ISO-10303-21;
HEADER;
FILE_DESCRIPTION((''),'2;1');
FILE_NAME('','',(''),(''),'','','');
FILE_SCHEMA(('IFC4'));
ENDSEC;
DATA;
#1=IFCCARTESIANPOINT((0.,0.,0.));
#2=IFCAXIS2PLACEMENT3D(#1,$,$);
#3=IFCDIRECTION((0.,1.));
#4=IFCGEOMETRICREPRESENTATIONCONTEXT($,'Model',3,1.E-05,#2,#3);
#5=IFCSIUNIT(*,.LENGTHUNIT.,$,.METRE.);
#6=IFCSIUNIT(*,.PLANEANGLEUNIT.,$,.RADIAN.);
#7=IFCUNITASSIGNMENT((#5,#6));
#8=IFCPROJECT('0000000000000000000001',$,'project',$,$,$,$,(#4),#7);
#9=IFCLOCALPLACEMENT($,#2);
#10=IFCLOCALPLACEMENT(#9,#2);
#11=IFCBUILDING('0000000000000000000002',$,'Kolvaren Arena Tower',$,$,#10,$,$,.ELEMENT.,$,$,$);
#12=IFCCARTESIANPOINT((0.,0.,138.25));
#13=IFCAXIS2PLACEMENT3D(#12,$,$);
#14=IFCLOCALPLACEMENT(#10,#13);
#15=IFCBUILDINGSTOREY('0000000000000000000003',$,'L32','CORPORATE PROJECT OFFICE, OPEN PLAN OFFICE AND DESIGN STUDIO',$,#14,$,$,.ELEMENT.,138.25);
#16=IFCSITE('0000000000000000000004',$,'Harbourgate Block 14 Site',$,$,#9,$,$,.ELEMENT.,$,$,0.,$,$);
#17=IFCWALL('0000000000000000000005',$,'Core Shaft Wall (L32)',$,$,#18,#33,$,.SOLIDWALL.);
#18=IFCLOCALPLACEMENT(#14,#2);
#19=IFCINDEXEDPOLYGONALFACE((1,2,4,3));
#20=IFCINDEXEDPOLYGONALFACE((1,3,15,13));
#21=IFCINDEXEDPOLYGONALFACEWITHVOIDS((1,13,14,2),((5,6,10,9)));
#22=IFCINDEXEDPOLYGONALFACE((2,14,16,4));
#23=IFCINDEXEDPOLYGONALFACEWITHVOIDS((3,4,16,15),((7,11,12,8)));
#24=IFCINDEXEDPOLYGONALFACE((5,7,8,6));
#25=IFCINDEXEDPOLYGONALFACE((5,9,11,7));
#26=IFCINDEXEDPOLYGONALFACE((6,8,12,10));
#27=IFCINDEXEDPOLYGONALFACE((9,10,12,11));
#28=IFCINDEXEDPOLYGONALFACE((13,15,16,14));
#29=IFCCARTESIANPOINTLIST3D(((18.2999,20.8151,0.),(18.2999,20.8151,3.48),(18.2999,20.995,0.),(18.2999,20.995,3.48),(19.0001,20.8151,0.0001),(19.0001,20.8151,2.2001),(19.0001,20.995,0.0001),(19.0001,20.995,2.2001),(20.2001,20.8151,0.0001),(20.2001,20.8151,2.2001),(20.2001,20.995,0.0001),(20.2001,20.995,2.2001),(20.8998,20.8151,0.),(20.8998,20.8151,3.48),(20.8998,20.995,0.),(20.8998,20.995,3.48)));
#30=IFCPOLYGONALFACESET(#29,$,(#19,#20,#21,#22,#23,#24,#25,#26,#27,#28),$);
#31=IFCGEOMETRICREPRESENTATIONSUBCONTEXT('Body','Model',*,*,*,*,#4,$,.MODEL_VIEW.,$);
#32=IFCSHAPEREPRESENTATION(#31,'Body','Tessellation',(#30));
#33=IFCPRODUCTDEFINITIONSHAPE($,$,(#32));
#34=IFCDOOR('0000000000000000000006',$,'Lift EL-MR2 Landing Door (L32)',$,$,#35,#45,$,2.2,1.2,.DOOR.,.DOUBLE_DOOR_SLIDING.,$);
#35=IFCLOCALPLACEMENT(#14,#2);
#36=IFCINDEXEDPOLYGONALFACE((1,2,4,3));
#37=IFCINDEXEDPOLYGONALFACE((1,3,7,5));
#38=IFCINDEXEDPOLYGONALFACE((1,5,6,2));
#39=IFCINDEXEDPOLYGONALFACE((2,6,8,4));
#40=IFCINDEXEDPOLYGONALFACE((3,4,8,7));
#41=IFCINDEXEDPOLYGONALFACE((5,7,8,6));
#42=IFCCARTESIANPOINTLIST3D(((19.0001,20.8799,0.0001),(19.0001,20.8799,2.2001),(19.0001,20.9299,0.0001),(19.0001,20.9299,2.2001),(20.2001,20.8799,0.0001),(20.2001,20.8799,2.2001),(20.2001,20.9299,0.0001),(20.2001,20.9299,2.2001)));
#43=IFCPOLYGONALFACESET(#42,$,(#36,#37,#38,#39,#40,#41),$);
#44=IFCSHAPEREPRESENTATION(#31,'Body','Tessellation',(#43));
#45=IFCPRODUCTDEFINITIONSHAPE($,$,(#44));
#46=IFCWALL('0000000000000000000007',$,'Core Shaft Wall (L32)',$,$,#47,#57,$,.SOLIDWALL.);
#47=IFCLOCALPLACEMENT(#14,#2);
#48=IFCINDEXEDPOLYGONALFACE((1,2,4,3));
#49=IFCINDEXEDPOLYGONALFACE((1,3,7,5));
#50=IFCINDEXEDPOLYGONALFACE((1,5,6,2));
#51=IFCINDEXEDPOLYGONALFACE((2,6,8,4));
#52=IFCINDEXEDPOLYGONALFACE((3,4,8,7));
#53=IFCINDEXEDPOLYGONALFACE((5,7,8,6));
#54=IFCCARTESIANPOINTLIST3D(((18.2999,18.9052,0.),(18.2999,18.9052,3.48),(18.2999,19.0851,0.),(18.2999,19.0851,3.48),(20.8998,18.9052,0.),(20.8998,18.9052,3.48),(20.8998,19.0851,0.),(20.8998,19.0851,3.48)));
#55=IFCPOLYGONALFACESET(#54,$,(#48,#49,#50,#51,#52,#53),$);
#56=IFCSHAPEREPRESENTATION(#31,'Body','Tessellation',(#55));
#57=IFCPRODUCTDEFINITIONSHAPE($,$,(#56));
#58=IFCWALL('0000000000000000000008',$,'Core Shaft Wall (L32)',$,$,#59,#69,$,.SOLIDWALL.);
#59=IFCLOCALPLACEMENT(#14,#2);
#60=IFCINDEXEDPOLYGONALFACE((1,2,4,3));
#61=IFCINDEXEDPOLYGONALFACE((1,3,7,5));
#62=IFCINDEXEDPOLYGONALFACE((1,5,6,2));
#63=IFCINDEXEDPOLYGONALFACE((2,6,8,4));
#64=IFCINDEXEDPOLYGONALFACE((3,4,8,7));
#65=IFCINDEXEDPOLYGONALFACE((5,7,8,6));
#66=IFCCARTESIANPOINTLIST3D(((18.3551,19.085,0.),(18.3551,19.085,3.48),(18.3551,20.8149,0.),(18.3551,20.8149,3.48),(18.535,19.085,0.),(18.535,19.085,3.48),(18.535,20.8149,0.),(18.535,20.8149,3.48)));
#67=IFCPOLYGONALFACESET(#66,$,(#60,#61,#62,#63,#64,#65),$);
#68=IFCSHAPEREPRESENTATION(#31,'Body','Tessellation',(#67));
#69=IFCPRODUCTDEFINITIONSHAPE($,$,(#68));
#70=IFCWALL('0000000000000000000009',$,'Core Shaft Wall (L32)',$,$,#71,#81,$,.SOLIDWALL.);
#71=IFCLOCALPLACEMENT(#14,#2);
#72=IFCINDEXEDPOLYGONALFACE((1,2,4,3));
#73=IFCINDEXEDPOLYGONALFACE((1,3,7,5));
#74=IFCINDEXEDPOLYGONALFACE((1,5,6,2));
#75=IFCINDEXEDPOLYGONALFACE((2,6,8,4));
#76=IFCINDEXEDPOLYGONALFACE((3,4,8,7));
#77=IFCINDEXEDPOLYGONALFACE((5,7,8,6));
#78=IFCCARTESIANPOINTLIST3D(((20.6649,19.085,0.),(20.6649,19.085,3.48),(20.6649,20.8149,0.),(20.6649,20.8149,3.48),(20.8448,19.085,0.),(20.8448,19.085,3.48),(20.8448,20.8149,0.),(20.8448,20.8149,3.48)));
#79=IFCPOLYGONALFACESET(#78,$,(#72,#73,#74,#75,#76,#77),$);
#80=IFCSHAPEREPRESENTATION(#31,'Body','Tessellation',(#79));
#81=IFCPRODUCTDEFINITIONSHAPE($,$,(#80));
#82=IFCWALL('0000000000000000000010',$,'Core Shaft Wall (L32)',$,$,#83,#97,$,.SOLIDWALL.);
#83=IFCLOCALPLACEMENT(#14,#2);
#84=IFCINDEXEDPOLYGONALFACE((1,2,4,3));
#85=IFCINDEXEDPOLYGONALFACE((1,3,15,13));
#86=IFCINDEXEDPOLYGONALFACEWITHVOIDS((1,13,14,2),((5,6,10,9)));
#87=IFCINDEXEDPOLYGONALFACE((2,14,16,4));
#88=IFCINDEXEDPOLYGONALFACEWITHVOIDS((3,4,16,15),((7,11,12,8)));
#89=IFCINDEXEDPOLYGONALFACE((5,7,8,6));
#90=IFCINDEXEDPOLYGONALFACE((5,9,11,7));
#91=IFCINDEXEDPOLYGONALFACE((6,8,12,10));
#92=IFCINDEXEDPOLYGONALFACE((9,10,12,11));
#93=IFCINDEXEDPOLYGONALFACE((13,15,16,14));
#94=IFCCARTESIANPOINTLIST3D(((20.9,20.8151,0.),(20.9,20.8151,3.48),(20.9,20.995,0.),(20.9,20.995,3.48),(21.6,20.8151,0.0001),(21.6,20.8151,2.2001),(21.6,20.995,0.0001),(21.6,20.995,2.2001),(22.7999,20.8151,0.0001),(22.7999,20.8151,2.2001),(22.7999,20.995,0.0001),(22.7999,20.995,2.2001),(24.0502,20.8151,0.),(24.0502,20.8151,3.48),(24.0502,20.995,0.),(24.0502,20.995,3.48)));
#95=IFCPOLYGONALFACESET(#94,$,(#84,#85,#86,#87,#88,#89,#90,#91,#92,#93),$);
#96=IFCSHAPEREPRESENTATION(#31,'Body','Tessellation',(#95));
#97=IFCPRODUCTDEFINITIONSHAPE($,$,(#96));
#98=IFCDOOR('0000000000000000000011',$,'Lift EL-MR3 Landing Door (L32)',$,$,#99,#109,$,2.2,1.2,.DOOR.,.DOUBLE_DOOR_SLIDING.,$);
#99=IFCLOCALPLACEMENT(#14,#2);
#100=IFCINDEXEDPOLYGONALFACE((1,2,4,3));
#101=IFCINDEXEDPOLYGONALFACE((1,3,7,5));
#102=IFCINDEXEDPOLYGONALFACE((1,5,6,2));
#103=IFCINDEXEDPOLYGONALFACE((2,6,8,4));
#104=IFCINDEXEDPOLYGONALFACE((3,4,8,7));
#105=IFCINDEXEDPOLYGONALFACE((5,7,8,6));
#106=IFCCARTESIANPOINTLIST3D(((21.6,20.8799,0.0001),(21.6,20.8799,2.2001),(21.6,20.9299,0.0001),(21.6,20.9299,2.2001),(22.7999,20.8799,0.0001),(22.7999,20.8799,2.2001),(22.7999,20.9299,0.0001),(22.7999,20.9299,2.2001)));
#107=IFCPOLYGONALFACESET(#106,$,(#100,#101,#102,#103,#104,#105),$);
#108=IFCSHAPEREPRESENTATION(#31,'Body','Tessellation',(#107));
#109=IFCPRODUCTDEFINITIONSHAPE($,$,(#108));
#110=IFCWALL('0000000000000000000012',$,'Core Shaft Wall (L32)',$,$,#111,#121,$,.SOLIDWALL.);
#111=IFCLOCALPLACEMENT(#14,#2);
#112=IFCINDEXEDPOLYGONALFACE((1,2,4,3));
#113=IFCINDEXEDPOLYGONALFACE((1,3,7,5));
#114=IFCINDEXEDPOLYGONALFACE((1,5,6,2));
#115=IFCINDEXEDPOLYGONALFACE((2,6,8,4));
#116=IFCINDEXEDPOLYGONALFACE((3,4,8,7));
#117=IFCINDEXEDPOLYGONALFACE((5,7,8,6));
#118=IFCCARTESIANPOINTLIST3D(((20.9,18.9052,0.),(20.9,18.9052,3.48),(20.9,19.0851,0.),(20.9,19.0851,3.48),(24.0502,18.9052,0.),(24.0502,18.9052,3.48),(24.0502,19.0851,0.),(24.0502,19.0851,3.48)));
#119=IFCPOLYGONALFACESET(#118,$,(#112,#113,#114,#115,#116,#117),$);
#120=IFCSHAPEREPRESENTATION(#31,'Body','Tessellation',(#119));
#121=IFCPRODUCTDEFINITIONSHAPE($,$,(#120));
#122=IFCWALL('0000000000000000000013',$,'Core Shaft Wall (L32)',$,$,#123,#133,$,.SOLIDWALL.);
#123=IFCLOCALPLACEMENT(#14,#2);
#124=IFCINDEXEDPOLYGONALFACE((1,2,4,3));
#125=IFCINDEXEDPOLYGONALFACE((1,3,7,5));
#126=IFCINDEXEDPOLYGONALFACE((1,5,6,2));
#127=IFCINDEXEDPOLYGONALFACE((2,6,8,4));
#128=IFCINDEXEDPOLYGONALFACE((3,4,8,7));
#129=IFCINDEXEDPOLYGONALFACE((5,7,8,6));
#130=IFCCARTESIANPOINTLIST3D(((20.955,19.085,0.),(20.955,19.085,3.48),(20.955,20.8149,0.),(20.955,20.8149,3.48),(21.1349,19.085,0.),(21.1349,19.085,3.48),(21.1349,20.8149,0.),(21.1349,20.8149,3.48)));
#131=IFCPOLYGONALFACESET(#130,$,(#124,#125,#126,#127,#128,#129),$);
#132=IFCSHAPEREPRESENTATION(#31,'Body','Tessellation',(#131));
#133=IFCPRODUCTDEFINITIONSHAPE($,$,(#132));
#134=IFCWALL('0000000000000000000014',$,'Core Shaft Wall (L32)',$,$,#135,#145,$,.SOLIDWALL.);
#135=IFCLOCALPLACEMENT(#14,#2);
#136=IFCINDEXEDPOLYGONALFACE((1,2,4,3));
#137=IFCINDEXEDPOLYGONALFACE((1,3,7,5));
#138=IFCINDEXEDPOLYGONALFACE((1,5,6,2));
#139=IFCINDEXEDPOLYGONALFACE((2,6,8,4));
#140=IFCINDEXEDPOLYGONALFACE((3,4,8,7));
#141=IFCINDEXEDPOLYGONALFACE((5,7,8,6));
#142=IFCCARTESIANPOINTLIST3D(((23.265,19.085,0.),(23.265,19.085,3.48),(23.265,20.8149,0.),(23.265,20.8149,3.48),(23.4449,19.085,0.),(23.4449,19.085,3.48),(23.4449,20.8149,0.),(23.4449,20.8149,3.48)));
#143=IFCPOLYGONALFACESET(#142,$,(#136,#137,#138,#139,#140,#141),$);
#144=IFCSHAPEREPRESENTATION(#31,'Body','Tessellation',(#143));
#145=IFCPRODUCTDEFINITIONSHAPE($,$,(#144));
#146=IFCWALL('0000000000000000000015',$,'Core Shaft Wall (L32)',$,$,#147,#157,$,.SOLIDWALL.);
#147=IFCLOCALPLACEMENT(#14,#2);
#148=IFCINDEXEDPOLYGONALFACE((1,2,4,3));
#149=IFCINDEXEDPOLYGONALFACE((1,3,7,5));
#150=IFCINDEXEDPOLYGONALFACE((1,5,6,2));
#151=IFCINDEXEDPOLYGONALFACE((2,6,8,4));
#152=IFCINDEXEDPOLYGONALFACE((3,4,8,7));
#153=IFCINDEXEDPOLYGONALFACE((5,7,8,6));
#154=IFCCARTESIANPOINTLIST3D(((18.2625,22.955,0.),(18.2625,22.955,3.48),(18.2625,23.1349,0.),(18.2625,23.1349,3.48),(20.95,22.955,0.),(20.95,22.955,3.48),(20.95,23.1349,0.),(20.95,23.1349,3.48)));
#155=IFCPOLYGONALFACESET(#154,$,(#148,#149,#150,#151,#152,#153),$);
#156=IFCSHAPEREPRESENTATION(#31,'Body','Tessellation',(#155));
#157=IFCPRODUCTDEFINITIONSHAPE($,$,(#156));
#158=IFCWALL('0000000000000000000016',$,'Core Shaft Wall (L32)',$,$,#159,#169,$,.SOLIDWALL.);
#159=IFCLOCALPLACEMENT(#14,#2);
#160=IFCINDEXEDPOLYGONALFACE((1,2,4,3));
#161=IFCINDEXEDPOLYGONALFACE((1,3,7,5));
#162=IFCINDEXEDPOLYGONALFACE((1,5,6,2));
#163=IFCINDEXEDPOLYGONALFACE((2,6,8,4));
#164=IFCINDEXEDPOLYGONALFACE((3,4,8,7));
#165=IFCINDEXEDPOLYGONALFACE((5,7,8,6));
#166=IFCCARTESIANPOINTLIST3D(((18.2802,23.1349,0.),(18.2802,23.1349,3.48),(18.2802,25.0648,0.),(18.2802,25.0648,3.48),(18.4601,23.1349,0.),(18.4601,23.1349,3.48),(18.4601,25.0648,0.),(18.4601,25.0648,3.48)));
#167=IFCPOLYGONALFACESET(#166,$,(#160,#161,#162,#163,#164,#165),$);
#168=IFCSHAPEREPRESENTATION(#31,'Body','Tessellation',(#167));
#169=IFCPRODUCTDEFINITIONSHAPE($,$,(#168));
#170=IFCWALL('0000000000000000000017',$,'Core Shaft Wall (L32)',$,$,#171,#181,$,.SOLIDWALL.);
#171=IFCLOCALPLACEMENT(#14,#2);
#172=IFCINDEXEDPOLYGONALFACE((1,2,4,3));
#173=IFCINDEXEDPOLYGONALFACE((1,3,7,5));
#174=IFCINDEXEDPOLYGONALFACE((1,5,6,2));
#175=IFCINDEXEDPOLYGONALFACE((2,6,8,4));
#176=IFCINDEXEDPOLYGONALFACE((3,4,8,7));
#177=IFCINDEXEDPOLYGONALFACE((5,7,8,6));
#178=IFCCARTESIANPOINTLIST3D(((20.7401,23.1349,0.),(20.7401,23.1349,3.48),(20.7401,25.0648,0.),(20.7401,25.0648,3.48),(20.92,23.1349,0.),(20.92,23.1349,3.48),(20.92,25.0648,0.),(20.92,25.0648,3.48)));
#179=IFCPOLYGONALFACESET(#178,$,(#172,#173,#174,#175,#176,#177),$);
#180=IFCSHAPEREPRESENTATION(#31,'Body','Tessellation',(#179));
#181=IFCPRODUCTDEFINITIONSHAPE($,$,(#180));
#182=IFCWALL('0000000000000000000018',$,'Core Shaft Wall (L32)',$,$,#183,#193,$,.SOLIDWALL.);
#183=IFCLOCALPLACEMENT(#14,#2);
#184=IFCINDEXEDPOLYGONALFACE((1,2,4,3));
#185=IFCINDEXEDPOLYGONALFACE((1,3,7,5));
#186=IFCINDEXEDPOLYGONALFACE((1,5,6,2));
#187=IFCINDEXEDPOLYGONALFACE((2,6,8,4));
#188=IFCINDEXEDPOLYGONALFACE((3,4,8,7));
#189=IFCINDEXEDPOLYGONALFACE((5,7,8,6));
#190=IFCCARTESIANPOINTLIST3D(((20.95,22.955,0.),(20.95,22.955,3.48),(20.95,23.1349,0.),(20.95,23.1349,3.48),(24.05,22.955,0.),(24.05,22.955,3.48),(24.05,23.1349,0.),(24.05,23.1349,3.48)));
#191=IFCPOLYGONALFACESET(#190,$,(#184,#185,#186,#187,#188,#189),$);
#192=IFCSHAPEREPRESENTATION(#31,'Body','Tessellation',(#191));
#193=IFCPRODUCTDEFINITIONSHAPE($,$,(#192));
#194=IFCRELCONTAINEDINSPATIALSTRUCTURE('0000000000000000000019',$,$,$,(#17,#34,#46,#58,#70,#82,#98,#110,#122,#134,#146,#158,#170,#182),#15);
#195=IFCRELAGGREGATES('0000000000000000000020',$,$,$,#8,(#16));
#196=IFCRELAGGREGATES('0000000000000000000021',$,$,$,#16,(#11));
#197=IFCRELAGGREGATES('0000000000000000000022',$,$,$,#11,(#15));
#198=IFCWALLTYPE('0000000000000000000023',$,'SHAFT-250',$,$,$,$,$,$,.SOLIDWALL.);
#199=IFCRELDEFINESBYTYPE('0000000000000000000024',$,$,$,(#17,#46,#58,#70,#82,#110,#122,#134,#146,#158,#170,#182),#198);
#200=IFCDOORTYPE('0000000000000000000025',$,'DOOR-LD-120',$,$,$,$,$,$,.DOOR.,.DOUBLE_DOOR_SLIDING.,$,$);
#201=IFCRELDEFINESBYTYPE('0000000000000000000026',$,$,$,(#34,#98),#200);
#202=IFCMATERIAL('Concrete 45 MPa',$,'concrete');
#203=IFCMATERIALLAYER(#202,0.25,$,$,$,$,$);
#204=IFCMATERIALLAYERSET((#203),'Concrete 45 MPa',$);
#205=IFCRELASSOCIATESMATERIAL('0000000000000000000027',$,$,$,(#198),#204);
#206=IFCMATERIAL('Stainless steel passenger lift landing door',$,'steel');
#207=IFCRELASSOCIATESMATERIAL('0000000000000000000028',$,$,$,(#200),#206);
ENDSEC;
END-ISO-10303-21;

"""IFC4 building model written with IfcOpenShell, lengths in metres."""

from ifc_helpers import new_model, si_unit, direction, frame, frame_2d, origin, place, context, subcontext, project, spatial, rectangle, extrude, material, layer, layer_set, type_object, element, fill, save


model = new_model("IFC4")

# Units and contexts
model_context = context("Model", 3, precision=1e-05, world=origin(), true_north=direction((0.0, 1.0)))
body_context = subcontext(model_context, "Body", "Model", "MODEL_VIEW")
ifc_project = project(units=[si_unit("LENGTHUNIT", "METRE"), si_unit("PLANEANGLEUNIT", "RADIAN")], contexts=[model_context])

# Site, building, storey
site_placement = place(None, origin())
site = spatial("IfcSite", under=ifc_project, at=site_placement, Name="Harbourgate Block 14 Site", CompositionType="ELEMENT", RefElevation=0.0)
building_placement = place(site_placement, origin())
building = spatial("IfcBuilding", under=site, at=building_placement, Name="Kolvaren Arena Tower", CompositionType="ELEMENT")
storey_placement = place(building_placement, frame((0.0, 0.0, 138.25)))
storey = spatial("IfcBuildingStorey", under=building, at=storey_placement, Name="L32", Description="CORPORATE PROJECT OFFICE, OPEN PLAN OFFICE AND DESIGN STUDIO", CompositionType="ELEMENT", Elevation=138.25)

# Shared definitions
ifc_material_1 = material(Name="Concrete 45 MPa", Category="concrete")
ifc_layer_1 = layer(ifc_material_1, 0.25)
ifc_layer_set_1 = layer_set([ifc_layer_1], Name="Concrete 45 MPa")
wall_type_1 = type_object("IfcWallType", Name="SHAFT-250", PredefinedType="SOLIDWALL", material=ifc_layer_set_1)

# Wall, opening, door
wall_1_placement = place(storey_placement, frame((18.3, 20.905, 0.0), z_axis=(0.0, 0.0, 1.0), x_axis=(1.0, 0.0, 0.0)))
wall_1 = element("IfcWall", 1, at=wall_1_placement, inside=storey, type_object=wall_type_1, Name="Core Shaft Wall (L32)", PredefinedType="SOLIDWALL", context=body_context, shape_type="SweptSolid", body=[
    extrude(rectangle(XDim=2.5999, YDim=0.1799, at=frame_2d((1.2998, 0.0))), origin(), (0.0, 0.0, 1.0), 3.48),
])
opening_1_placement = place(wall_1_placement, frame((0.7, 0.0, 0.0)))
opening_1 = element("IfcOpeningElement", 2, at=opening_1_placement, cuts=wall_1, PredefinedType="OPENING", context=body_context, shape_type="SweptSolid", body=[
    extrude(rectangle(XDim=1.2, YDim=2.2, at=frame_2d((0.6001, 1.1001))), frame((0.0, 0.0999, 0.0), z_axis=(0.0, -1.0, 0.0), x_axis=(1.0, 0.0, 0.0)), (0.0, 0.0, 1.0), 0.2),
])
ifc_material_2 = material(Name="Stainless steel passenger lift landing door", Category="steel")
door_type_1 = type_object("IfcDoorType", Name="DOOR-LD-120", OperationType="DOUBLE_DOOR_SLIDING", PredefinedType="DOOR", material=ifc_material_2)
door_1_placement = place(opening_1_placement, origin())
door_1 = element("IfcDoor", 3, at=door_1_placement, inside=storey, type_object=door_type_1, Name="Lift EL-MR2 Landing Door (L32)", OperationType="DOUBLE_DOOR_SLIDING", OverallHeight=2.2, OverallWidth=1.2, PredefinedType="DOOR", context=body_context, shape_type="SweptSolid", body=[
    extrude(rectangle(XDim=1.2, YDim=2.2, at=frame_2d((0.6001, 1.1001))), frame((0.0, 0.0249, 0.0), z_axis=(0.0, -1.0, 0.0), x_axis=(1.0, 0.0, 0.0)), (0.0, 0.0, 1.0), 0.05),
])
fill(opening_1, door_1)

# Walls
wall_2_placement = place(storey_placement, frame((18.3, 18.9951, 0.0), z_axis=(0.0, 0.0, 1.0), x_axis=(1.0, 0.0, 0.0)))
element("IfcWall", 4, at=wall_2_placement, inside=storey, type_object=wall_type_1, Name="Core Shaft Wall (L32)", PredefinedType="SOLIDWALL", context=body_context, shape_type="SweptSolid", body=[
    extrude(rectangle(XDim=2.5999, YDim=0.1799, at=frame_2d((1.2998, 0.0))), origin(), (0.0, 0.0, 1.0), 3.48),
])
for number, where, z_axis, x_axis, name in (
    (5, (18.4451, 19.085, 0.0), (0.0, 0.0, 1.0), (0.0, 1.0, 0.0), "Core Shaft Wall (L32)"),
    (6, (20.7549, 19.085, 0.0), (0.0, 0.0, 1.0), (0.0, 1.0, 0.0), "Core Shaft Wall (L32)"),
):
    element("IfcWall", number, at=place(storey_placement, frame(where, z_axis=z_axis, x_axis=x_axis)), inside=storey, type_object=wall_type_1, Name=name, PredefinedType="SOLIDWALL", context=body_context, shape_type="SweptSolid", body=[
        extrude(rectangle(XDim=1.73, YDim=0.1799, at=frame_2d((0.865, 0.0))), origin(), (0.0, 0.0, 1.0), 3.48),
    ])

# Wall, opening, door
wall_3_placement = place(storey_placement, frame((20.8999, 20.905, 0.0), z_axis=(0.0, 0.0, 1.0), x_axis=(1.0, 0.0, 0.0)))
wall_3 = element("IfcWall", 7, at=wall_3_placement, inside=storey, type_object=wall_type_1, Name="Core Shaft Wall (L32)", PredefinedType="SOLIDWALL", context=body_context, shape_type="SweptSolid", body=[
    extrude(rectangle(XDim=3.1501, YDim=0.1799, at=frame_2d((1.5752, 0.0))), origin(), (0.0, 0.0, 1.0), 3.48),
])
opening_2_placement = place(wall_3_placement, frame((0.7, 0.0, 0.0)))
opening_2 = element("IfcOpeningElement", 8, at=opening_2_placement, cuts=wall_3, PredefinedType="OPENING", context=body_context, shape_type="SweptSolid", body=[
    extrude(rectangle(XDim=1.2, YDim=2.2, at=frame_2d((0.6001, 1.1001))), frame((0.0, 0.0999, 0.0), z_axis=(0.0, -1.0, 0.0), x_axis=(1.0, 0.0, 0.0)), (0.0, 0.0, 1.0), 0.2),
])
door_2_placement = place(opening_2_placement, origin())
door_2 = element("IfcDoor", 9, at=door_2_placement, inside=storey, type_object=door_type_1, Name="Lift EL-MR3 Landing Door (L32)", OperationType="DOUBLE_DOOR_SLIDING", OverallHeight=2.2, OverallWidth=1.2, PredefinedType="DOOR", context=body_context, shape_type="SweptSolid", body=[
    extrude(rectangle(XDim=1.2, YDim=2.2, at=frame_2d((0.6001, 1.1001))), frame((0.0, 0.0249, 0.0), z_axis=(0.0, -1.0, 0.0), x_axis=(1.0, 0.0, 0.0)), (0.0, 0.0, 1.0), 0.05),
])
fill(opening_2, door_2)

# Walls
wall_4_placement = place(storey_placement, frame((20.8999, 18.9951, 0.0), z_axis=(0.0, 0.0, 1.0), x_axis=(1.0, 0.0, 0.0)))
element("IfcWall", 10, at=wall_4_placement, inside=storey, type_object=wall_type_1, Name="Core Shaft Wall (L32)", PredefinedType="SOLIDWALL", context=body_context, shape_type="SweptSolid", body=[
    extrude(rectangle(XDim=3.1501, YDim=0.1799, at=frame_2d((1.5752, 0.0))), origin(), (0.0, 0.0, 1.0), 3.48),
])
for number, where, z_axis, x_axis, name in (
    (11, (21.0449, 19.085, 0.0), (0.0, 0.0, 1.0), (0.0, 1.0, 0.0), "Core Shaft Wall (L32)"),
    (12, (23.355, 19.085, 0.0), (0.0, 0.0, 1.0), (0.0, 1.0, 0.0), "Core Shaft Wall (L32)"),
):
    element("IfcWall", number, at=place(storey_placement, frame(where, z_axis=z_axis, x_axis=x_axis)), inside=storey, type_object=wall_type_1, Name=name, PredefinedType="SOLIDWALL", context=body_context, shape_type="SweptSolid", body=[
        extrude(rectangle(XDim=1.73, YDim=0.1799, at=frame_2d((0.865, 0.0))), origin(), (0.0, 0.0, 1.0), 3.48),
    ])
wall_5_placement = place(storey_placement, frame((18.2625, 23.0449, 0.0), z_axis=(0.0, 0.0, 1.0), x_axis=(1.0, 0.0, 0.0)))
element("IfcWall", 13, at=wall_5_placement, inside=storey, type_object=wall_type_1, Name="Core Shaft Wall (L32)", PredefinedType="SOLIDWALL", context=body_context, shape_type="SweptSolid", body=[
    extrude(rectangle(XDim=2.6875, YDim=0.1799, at=frame_2d((1.3438, 0.0))), origin(), (0.0, 0.0, 1.0), 3.48),
])
for number, where, z_axis, x_axis, name in (
    (14, (18.3701, 23.135, 0.0), (0.0, 0.0, 1.0), (0.0, 1.0, 0.0), "Core Shaft Wall (L32)"),
    (15, (20.8301, 23.135, 0.0), (0.0, 0.0, 1.0), (0.0, 1.0, 0.0), "Core Shaft Wall (L32)"),
):
    element("IfcWall", number, at=place(storey_placement, frame(where, z_axis=z_axis, x_axis=x_axis)), inside=storey, type_object=wall_type_1, Name=name, PredefinedType="SOLIDWALL", context=body_context, shape_type="SweptSolid", body=[
        extrude(rectangle(XDim=1.9299, YDim=0.1799, at=frame_2d((0.9648, 0.0))), origin(), (0.0, 0.0, 1.0), 3.48),
    ])
wall_6_placement = place(storey_placement, frame((20.95, 23.0449, 0.0), z_axis=(0.0, 0.0, 1.0), x_axis=(1.0, 0.0, 0.0)))
element("IfcWall", 16, at=wall_6_placement, inside=storey, type_object=wall_type_1, Name="Core Shaft Wall (L32)", PredefinedType="SOLIDWALL", context=body_context, shape_type="SweptSolid", body=[
    extrude(rectangle(XDim=3.1001, YDim=0.1799, at=frame_2d((1.55, 0.0))), origin(), (0.0, 0.0, 1.0), 3.48),
])

save(model, "model.ifc")
